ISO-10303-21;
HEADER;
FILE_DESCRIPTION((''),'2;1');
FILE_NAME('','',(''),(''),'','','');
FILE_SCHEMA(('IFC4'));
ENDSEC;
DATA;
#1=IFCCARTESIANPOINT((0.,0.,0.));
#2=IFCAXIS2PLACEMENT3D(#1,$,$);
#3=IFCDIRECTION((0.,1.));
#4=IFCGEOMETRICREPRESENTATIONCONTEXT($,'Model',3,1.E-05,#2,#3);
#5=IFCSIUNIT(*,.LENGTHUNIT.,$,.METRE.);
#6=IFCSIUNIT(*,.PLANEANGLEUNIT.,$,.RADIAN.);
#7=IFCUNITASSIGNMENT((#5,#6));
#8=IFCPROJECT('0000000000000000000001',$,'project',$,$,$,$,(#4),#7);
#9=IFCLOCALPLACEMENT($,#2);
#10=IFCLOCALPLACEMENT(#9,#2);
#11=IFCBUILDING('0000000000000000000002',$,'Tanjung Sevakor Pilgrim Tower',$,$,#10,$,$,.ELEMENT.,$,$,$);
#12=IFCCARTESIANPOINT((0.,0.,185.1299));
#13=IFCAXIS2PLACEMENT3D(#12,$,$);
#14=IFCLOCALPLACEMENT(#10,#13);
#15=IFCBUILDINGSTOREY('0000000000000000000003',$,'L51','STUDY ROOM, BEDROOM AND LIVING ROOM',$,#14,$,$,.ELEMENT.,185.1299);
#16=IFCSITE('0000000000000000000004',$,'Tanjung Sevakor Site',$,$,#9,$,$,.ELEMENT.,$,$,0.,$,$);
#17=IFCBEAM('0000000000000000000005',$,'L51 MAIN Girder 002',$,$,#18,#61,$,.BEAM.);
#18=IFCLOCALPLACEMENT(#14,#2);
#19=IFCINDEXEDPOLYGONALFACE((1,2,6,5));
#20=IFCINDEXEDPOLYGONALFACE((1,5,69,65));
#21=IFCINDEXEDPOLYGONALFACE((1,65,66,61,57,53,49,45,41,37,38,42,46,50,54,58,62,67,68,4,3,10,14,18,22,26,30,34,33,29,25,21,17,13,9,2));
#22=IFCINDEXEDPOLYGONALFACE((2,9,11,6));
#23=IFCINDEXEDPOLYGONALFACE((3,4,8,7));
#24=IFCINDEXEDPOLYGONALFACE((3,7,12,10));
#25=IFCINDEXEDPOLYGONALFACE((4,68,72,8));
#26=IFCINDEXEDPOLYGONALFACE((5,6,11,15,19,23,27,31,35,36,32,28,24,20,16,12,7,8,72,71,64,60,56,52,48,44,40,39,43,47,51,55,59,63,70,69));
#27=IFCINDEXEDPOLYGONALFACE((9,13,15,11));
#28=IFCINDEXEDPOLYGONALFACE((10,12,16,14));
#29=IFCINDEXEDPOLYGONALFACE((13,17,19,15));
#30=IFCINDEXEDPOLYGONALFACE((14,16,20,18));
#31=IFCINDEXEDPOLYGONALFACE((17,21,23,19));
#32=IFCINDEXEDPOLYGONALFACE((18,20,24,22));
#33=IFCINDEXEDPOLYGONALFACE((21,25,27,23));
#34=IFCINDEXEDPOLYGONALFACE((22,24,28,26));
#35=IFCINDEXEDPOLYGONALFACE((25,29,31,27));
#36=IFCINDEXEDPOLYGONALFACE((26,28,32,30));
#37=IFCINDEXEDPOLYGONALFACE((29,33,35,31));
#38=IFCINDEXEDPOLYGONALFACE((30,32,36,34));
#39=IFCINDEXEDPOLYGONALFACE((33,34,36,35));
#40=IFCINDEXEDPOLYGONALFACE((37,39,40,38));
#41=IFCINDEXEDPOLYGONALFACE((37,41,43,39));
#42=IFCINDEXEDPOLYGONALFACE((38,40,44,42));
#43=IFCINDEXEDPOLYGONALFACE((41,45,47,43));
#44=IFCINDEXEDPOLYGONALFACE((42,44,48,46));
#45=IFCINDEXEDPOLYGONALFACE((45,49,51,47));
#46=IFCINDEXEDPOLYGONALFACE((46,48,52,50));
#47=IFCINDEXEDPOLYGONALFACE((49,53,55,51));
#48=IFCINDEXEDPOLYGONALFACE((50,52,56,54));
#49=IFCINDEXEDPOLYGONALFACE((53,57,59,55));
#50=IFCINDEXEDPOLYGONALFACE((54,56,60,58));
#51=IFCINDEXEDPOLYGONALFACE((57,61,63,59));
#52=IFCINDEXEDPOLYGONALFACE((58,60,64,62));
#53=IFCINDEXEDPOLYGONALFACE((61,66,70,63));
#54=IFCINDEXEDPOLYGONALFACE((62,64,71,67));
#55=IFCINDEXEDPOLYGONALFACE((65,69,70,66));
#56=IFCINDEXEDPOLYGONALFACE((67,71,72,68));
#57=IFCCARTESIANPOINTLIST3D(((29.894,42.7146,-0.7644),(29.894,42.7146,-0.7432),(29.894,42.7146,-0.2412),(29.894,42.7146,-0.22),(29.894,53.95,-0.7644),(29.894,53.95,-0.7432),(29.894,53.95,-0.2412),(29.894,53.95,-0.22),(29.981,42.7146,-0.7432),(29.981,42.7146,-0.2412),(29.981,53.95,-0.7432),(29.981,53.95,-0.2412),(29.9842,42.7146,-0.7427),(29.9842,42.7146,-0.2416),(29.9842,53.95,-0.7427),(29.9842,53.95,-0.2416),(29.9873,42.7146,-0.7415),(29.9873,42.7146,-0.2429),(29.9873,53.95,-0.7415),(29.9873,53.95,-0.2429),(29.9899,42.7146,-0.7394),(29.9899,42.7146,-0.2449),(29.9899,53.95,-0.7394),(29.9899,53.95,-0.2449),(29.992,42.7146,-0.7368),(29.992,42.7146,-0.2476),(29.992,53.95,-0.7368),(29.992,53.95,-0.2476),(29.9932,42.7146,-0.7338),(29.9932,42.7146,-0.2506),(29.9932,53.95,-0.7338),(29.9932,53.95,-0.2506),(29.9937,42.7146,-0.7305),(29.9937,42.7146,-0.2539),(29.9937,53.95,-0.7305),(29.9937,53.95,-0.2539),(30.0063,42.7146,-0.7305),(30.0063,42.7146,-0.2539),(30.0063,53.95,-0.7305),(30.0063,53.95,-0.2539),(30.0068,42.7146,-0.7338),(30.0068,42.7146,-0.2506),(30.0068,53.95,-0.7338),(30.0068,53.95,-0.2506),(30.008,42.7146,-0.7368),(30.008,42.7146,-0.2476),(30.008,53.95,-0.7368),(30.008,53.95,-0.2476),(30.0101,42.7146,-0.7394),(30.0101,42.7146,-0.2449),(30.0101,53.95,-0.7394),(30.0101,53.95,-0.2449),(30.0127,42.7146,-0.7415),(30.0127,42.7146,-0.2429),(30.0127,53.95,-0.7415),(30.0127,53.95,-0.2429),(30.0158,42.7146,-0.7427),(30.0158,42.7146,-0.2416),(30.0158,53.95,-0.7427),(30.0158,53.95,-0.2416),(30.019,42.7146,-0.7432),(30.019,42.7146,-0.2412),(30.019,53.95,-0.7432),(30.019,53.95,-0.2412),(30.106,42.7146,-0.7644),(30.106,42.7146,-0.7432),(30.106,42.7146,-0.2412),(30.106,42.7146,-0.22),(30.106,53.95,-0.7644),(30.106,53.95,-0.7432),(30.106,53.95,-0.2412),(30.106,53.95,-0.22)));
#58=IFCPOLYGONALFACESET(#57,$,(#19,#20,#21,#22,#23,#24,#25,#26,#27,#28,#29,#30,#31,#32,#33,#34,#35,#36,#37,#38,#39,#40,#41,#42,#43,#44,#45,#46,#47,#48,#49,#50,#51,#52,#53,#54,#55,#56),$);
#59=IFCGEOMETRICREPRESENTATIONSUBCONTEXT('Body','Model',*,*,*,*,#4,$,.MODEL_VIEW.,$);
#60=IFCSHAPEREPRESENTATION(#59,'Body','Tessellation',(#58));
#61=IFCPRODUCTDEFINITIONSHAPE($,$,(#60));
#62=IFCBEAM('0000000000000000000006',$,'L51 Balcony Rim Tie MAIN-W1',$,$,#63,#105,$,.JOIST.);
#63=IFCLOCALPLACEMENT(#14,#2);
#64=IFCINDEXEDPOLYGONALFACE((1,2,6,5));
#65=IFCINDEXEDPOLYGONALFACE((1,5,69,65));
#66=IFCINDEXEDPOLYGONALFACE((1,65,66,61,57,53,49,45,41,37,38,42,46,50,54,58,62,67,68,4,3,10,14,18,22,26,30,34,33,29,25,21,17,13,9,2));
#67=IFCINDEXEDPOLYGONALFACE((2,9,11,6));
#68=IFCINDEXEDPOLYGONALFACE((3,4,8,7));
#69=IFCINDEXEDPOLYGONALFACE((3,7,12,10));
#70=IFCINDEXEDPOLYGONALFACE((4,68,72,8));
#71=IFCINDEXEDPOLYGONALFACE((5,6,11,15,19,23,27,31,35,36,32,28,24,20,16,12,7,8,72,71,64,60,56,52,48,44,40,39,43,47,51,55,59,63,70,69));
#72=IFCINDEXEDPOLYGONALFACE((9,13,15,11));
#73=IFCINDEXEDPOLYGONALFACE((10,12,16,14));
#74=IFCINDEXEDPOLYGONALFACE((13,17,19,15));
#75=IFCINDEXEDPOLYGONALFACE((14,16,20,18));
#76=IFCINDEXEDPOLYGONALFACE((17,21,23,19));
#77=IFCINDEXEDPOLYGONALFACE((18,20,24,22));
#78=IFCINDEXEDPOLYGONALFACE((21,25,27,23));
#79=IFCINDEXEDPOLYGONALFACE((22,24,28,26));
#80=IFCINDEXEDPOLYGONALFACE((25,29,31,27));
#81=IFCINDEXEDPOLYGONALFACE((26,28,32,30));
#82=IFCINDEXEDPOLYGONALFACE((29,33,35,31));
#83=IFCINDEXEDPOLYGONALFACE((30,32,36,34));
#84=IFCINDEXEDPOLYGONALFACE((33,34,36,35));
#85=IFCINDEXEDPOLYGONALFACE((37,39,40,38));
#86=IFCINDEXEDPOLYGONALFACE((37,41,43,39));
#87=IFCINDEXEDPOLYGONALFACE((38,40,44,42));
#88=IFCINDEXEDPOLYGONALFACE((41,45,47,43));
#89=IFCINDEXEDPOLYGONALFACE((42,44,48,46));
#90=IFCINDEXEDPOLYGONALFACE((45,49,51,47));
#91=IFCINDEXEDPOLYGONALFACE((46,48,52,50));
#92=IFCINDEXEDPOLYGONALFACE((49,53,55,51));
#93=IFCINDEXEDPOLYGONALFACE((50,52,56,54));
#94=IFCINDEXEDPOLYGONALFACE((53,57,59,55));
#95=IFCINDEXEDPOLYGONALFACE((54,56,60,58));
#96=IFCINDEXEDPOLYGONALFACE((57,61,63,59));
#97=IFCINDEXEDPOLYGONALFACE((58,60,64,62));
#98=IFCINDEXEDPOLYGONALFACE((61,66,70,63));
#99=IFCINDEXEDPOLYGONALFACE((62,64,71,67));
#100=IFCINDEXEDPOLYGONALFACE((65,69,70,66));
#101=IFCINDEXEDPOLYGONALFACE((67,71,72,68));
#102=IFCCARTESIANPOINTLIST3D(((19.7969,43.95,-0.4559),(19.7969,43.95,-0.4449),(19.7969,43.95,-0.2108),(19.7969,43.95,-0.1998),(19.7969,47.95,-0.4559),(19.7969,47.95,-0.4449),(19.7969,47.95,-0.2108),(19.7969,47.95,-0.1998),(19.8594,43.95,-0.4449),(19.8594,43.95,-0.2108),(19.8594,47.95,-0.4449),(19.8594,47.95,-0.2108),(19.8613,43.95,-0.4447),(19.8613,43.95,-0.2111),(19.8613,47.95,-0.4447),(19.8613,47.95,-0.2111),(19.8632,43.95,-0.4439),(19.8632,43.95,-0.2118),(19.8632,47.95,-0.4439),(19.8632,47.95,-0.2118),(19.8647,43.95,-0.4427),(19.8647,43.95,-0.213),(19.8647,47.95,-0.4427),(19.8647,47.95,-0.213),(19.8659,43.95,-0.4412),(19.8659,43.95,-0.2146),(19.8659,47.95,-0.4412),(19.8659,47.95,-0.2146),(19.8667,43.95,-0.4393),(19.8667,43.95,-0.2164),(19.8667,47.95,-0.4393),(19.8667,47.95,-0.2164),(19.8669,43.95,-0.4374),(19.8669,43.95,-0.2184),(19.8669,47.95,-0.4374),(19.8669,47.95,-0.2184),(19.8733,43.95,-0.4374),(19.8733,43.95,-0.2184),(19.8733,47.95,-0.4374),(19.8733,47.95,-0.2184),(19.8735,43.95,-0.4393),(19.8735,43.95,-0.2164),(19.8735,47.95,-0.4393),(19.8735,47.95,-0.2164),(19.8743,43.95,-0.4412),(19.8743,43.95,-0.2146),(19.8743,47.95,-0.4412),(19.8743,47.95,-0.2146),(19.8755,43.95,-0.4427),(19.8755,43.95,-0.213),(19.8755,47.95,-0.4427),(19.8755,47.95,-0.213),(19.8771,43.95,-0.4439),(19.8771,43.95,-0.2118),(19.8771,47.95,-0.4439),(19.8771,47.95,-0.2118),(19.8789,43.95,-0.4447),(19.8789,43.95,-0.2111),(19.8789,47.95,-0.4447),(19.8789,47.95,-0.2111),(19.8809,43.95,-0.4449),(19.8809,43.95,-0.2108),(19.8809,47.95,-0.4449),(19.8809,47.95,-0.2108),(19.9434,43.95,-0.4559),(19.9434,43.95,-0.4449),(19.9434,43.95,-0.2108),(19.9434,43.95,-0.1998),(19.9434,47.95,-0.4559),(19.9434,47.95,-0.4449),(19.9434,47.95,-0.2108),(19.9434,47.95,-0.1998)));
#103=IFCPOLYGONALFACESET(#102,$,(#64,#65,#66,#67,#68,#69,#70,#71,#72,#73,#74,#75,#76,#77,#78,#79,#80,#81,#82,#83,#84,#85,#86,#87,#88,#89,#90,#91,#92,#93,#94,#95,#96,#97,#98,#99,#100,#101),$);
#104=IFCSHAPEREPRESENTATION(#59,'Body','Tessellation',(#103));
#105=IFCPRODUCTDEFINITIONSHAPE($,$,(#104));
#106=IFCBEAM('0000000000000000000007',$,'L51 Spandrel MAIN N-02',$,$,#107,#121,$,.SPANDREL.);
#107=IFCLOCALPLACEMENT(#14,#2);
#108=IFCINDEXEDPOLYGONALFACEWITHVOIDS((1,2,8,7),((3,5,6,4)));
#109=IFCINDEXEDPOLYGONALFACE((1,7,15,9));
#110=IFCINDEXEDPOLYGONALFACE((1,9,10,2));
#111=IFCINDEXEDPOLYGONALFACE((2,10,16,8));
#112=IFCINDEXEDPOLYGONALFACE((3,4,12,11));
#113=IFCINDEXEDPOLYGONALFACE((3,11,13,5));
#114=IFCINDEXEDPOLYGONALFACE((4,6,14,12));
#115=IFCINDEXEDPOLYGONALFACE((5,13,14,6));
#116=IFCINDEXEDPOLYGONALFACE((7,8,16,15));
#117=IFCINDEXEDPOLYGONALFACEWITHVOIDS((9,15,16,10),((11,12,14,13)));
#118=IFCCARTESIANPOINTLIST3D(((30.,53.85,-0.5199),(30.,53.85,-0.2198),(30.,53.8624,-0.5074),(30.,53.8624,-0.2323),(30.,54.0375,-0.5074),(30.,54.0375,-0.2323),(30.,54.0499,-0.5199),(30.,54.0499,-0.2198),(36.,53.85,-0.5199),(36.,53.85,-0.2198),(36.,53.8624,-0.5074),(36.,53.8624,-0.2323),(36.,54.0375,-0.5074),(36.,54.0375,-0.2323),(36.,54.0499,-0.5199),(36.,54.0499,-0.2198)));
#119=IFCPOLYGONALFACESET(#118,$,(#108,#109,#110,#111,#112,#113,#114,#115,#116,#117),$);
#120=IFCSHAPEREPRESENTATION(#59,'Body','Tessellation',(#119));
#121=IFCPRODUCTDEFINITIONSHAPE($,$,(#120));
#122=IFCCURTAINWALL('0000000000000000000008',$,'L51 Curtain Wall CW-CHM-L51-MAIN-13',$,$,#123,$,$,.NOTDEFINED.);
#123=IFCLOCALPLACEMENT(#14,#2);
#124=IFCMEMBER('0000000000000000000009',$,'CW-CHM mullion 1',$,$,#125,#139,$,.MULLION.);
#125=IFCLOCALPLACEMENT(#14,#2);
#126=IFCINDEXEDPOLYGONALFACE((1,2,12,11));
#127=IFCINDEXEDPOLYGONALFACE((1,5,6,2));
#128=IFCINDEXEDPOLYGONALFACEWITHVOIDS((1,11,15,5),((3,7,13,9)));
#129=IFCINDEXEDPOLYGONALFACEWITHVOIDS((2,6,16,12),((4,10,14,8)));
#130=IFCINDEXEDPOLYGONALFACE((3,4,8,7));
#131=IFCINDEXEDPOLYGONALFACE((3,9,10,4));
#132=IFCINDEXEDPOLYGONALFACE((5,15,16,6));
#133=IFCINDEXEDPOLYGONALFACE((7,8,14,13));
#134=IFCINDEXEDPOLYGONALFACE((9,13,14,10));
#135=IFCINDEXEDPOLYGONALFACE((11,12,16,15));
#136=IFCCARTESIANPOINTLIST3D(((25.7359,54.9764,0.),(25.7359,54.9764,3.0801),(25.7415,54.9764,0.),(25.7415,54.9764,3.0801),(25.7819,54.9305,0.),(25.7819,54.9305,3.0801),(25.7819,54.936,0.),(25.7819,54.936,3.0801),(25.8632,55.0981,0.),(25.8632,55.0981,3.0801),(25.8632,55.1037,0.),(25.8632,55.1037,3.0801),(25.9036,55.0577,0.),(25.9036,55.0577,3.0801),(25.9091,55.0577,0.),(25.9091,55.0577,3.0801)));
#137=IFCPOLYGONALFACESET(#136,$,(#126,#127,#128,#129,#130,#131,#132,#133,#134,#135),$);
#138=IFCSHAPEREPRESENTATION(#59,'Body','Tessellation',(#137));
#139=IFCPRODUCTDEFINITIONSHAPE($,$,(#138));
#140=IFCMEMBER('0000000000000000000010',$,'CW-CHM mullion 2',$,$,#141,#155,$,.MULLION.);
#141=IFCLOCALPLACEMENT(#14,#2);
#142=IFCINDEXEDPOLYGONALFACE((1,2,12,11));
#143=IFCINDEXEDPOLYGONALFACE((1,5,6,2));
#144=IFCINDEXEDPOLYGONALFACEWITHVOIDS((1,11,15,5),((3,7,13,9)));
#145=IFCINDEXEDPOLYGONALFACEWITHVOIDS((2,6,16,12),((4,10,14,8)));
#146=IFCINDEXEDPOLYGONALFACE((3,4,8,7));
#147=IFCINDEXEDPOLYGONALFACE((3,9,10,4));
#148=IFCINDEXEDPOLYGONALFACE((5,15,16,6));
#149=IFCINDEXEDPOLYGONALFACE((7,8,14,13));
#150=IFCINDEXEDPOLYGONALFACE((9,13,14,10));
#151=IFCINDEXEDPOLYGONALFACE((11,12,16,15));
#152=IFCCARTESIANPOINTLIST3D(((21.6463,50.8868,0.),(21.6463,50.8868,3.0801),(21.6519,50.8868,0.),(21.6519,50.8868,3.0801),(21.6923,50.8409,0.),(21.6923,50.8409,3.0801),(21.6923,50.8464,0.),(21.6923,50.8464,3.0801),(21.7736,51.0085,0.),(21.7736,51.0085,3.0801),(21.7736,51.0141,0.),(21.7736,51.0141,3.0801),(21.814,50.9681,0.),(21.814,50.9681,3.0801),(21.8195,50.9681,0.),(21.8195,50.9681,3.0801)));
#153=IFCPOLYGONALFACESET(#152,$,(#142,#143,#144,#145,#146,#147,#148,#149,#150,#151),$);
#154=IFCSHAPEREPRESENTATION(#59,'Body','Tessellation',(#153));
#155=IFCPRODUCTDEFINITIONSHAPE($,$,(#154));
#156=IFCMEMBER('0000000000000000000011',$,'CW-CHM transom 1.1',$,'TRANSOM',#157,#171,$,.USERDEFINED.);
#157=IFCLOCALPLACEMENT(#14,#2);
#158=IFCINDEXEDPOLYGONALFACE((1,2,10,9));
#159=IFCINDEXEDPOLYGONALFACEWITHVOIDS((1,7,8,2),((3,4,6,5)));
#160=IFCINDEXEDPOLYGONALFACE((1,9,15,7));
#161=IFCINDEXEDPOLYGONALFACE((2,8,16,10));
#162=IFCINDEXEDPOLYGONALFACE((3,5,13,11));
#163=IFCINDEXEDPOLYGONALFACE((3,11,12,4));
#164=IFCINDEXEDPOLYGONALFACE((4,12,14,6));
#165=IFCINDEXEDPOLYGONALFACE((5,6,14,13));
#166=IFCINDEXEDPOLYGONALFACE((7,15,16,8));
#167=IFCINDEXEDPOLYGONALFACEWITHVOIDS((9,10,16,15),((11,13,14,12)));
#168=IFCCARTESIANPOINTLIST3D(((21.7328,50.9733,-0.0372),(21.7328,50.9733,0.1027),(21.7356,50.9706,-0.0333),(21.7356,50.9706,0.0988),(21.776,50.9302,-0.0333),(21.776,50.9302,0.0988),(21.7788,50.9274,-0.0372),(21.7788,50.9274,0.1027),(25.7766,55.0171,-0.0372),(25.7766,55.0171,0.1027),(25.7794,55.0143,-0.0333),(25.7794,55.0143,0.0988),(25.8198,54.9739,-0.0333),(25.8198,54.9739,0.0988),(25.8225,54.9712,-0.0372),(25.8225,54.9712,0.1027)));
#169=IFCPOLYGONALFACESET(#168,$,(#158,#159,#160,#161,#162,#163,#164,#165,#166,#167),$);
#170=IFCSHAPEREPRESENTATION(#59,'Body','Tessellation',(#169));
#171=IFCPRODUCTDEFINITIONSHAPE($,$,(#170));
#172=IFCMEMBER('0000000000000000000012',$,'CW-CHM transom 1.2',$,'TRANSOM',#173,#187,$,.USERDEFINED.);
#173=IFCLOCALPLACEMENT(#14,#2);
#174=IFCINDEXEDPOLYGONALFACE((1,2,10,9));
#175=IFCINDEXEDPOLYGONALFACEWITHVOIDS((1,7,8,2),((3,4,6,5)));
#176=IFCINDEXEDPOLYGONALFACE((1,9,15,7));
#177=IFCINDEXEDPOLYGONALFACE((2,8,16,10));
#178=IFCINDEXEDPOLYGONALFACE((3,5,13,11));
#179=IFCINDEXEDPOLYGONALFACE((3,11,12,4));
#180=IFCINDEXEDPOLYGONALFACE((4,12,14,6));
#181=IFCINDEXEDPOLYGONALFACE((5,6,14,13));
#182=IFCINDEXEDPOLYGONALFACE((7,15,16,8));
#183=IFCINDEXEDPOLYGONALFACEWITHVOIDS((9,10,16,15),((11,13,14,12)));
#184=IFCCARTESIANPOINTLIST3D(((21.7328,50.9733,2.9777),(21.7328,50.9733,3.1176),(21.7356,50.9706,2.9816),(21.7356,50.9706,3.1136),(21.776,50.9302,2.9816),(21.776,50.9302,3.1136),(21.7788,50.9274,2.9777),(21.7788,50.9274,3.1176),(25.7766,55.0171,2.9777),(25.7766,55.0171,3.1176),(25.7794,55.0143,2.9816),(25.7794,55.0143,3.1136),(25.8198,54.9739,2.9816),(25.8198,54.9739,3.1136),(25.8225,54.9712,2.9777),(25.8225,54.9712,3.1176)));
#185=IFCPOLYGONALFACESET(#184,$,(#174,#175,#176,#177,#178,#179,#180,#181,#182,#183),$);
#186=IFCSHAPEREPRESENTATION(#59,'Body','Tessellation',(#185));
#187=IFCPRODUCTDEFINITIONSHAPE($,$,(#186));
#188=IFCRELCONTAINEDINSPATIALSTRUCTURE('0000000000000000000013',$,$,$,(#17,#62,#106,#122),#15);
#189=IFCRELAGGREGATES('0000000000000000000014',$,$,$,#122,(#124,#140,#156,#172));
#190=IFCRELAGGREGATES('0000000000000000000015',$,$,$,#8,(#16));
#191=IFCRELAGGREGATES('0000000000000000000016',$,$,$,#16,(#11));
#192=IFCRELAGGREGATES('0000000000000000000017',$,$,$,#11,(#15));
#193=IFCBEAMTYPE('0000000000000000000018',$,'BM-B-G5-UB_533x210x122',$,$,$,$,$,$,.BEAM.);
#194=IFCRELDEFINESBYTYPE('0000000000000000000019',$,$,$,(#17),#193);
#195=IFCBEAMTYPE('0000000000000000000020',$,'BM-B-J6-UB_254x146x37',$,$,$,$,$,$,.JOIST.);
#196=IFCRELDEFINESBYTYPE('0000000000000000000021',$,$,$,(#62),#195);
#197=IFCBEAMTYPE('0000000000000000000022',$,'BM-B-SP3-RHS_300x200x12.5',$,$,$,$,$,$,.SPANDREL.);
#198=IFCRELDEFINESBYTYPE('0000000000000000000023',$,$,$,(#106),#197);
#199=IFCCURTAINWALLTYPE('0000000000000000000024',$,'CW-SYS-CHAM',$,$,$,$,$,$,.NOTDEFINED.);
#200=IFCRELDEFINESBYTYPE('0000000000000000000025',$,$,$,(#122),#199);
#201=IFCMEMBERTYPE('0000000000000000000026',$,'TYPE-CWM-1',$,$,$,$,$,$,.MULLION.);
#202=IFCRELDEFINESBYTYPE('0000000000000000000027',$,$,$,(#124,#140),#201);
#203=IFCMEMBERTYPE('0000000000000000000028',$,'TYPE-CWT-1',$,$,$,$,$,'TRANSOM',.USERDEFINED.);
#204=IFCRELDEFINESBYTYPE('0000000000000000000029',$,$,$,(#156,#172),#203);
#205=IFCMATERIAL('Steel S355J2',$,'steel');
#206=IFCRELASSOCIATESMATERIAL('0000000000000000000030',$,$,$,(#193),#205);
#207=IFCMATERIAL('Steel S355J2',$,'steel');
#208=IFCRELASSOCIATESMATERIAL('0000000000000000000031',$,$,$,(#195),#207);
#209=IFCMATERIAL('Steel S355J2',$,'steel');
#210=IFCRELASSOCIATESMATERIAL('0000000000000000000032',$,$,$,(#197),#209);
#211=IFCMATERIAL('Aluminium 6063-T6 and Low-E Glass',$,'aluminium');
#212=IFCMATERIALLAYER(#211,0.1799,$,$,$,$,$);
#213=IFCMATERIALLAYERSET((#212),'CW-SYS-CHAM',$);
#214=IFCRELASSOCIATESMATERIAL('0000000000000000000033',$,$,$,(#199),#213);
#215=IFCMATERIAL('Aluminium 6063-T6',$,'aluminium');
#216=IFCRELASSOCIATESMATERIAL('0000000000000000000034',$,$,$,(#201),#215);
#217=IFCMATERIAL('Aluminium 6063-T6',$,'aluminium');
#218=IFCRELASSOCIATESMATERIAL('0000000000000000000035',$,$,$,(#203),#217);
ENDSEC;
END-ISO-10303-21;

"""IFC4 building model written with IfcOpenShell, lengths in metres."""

from ifc_helpers import new_model, si_unit, direction, frame, origin, origin_2d, place, context, subcontext, project, spatial, hollow_rectangle, i_section, extrude, material, layer, layer_set, material_profile, profile_set, type_object, element, aggregate, save


model = new_model("IFC4")

# Units and contexts
model_context = context("Model", 3, precision=1e-05, world=origin(), true_north=direction((0.0, 1.0)))
body_context = subcontext(model_context, "Body", "Model", "MODEL_VIEW")
ifc_project = project(units=[si_unit("LENGTHUNIT", "METRE"), si_unit("PLANEANGLEUNIT", "RADIAN")], contexts=[model_context])

# Site, building, storey
site_placement = place(None, origin())
site = spatial("IfcSite", under=ifc_project, at=site_placement, Name="Tanjung Sevakor Site", CompositionType="ELEMENT", RefElevation=0.0)
building_placement = place(site_placement, origin())
building = spatial("IfcBuilding", under=site, at=building_placement, Name="Tanjung Sevakor Pilgrim Tower", CompositionType="ELEMENT")
storey_placement = place(building_placement, frame((0.0, 0.0, 185.1299)))
storey = spatial("IfcBuildingStorey", under=building, at=storey_placement, Name="L51", Description="STUDY ROOM, BEDROOM AND LIVING ROOM", CompositionType="ELEMENT", Elevation=185.1299)

# Beams
ifc_material_1 = material(Name="Steel S355J2", Category="steel")
ifc_material_profile_1 = material_profile(ifc_material_1, i_section(OverallWidth=0.2119, OverallDepth=0.5444, WebThickness=0.0127, FlangeThickness=0.0212, FilletRadius=0.0127, at=origin_2d()))
ifc_profile_set_1 = profile_set([ifc_material_profile_1], Name="Steel S355J2")
beam_type_1 = type_object("IfcBeamType", Name="BM-B-G5-UB_533x210x122", PredefinedType="BEAM", material=ifc_profile_set_1)
beam_1_placement = place(storey_placement, frame((30.0, 42.7146, -0.4922), z_axis=(0.0, 1.0, 0.0), x_axis=(-1.0, 0.0, 0.0)))
element("IfcBeam", 1, at=beam_1_placement, inside=storey, type_object=beam_type_1, Name="L51 MAIN Girder 002", PredefinedType="BEAM", context=body_context, shape_type="SweptSolid", body=[
    extrude(i_section(OverallWidth=0.2119, OverallDepth=0.5444, WebThickness=0.0127, FlangeThickness=0.0212, FilletRadius=0.0127, at=origin_2d()), origin(), (0.0, 0.0, 1.0), 11.2354),
])
ifc_material_2 = material(Name="Steel S355J2", Category="steel")
ifc_material_profile_2 = material_profile(ifc_material_2, i_section(OverallWidth=0.1465, OverallDepth=0.2561, WebThickness=0.0063, FlangeThickness=0.011, FilletRadius=0.0076, at=origin_2d()))
ifc_profile_set_2 = profile_set([ifc_material_profile_2], Name="Steel S355J2")
beam_type_2 = type_object("IfcBeamType", Name="BM-B-J6-UB_254x146x37", PredefinedType="JOIST", material=ifc_profile_set_2)
beam_2_placement = place(storey_placement, frame((19.8701, 43.95, -0.3279), z_axis=(0.0, 1.0, 0.0), x_axis=(-1.0, 0.0, 0.0)))
element("IfcBeam", 2, at=beam_2_placement, inside=storey, type_object=beam_type_2, Name="L51 Balcony Rim Tie MAIN-W1", PredefinedType="JOIST", context=body_context, shape_type="SweptSolid", body=[
    extrude(i_section(OverallWidth=0.1465, OverallDepth=0.2561, WebThickness=0.0063, FlangeThickness=0.011, FilletRadius=0.0076, at=origin_2d()), origin(), (0.0, 0.0, 1.0), 4.0),
])
ifc_material_3 = material(Name="Steel S355J2", Category="steel")
ifc_material_profile_3 = material_profile(ifc_material_3, hollow_rectangle(XDim=0.2, YDim=0.3, WallThickness=0.0125, at=origin_2d()))
ifc_profile_set_3 = profile_set([ifc_material_profile_3], Name="Steel S355J2")
beam_type_3 = type_object("IfcBeamType", Name="BM-B-SP3-RHS_300x200x12.5", PredefinedType="SPANDREL", material=ifc_profile_set_3)
beam_3_placement = place(storey_placement, frame((30.0, 53.95, -0.3699), z_axis=(1.0, 0.0, 0.0), x_axis=(0.0, 1.0, 0.0)))
element("IfcBeam", 3, at=beam_3_placement, inside=storey, type_object=beam_type_3, Name="L51 Spandrel MAIN N-02", PredefinedType="SPANDREL", context=body_context, shape_type="SweptSolid", body=[
    extrude(hollow_rectangle(XDim=0.2, YDim=0.3, WallThickness=0.0125, at=origin_2d()), origin(), (0.0, 0.0, 1.0), 6.0),
])

# Curtain wall, members
ifc_material_4 = material(Name="Aluminium 6063-T6 and Low-E Glass", Category="aluminium")
ifc_layer_1 = layer(ifc_material_4, 0.1799)
ifc_layer_set_1 = layer_set([ifc_layer_1], Name="CW-SYS-CHAM")
curtain_wall_type = type_object("IfcCurtainWallType", Name="CW-SYS-CHAM", PredefinedType="NOTDEFINED", material=ifc_layer_set_1)
curtain_wall_placement = place(storey_placement, origin())
curtain_wall = element("IfcCurtainWall", 4, at=curtain_wall_placement, inside=storey, type_object=curtain_wall_type, Name="L51 Curtain Wall CW-CHM-L51-MAIN-13", PredefinedType="NOTDEFINED")
ifc_material_5 = material(Name="Aluminium 6063-T6", Category="aluminium")
ifc_material_profile_4 = material_profile(ifc_material_5, hollow_rectangle(XDim=0.0649, YDim=0.1799, WallThickness=0.0039, at=origin_2d()))
ifc_profile_set_4 = profile_set([ifc_material_profile_4], Name="Aluminium 6063-T6")
member_type_1 = type_object("IfcMemberType", Name="TYPE-CWM-1", PredefinedType="MULLION", material=ifc_profile_set_4)
member_1_placement = place(storey_placement, frame((25.8225, 55.0171, 0.0), z_axis=(0.0, 0.0, 1.0), x_axis=(0.707107, -0.707107, 0.0)))
member_1 = element("IfcMember", 5, at=member_1_placement, type_object=member_type_1, Name="CW-CHM mullion 1", PredefinedType="MULLION", context=body_context, shape_type="SweptSolid", body=[
    extrude(hollow_rectangle(XDim=0.0649, YDim=0.1799, WallThickness=0.0039, at=origin_2d()), origin(), (0.0, 0.0, 1.0), 3.0801),
])
member_2_placement = place(storey_placement, frame((21.7329, 50.9275, 0.0), z_axis=(0.0, 0.0, 1.0), x_axis=(0.707107, -0.707107, 0.0)))
member_2 = element("IfcMember", 6, at=member_2_placement, type_object=member_type_1, Name="CW-CHM mullion 2", PredefinedType="MULLION", context=body_context, shape_type="SweptSolid", body=[
    extrude(hollow_rectangle(XDim=0.0649, YDim=0.1799, WallThickness=0.0039, at=origin_2d()), origin(), (0.0, 0.0, 1.0), 3.0801),
])
ifc_material_6 = material(Name="Aluminium 6063-T6", Category="aluminium")
ifc_material_profile_5 = material_profile(ifc_material_6, hollow_rectangle(XDim=0.0649, YDim=0.1399, WallThickness=0.0039, at=origin_2d()))
ifc_profile_set_5 = profile_set([ifc_material_profile_5], Name="Aluminium 6063-T6")
member_type_2 = type_object("IfcMemberType", Name="TYPE-CWT-1", ElementType="TRANSOM", PredefinedType="USERDEFINED", material=ifc_profile_set_5)
member_3_placement = place(storey_placement, frame((25.7996, 54.9941, 0.0327), z_axis=(-0.707107, -0.707107, 0.0), x_axis=(0.707107, -0.707107, 0.0)))
member_3 = element("IfcMember", 7, at=member_3_placement, type_object=member_type_2, Name="CW-CHM transom 1.1", ObjectType="TRANSOM", PredefinedType="USERDEFINED", context=body_context, shape_type="SweptSolid", body=[
    extrude(hollow_rectangle(XDim=0.0649, YDim=0.1399, WallThickness=0.0039, at=origin_2d()), origin(), (0.0, 0.0, 1.0), 5.7188),
])
member_4_placement = place(storey_placement, frame((25.7996, 54.9941, 3.0476), z_axis=(-0.707107, -0.707107, 0.0), x_axis=(0.707107, -0.707107, 0.0)))
member_4 = element("IfcMember", 8, at=member_4_placement, type_object=member_type_2, Name="CW-CHM transom 1.2", ObjectType="TRANSOM", PredefinedType="USERDEFINED", context=body_context, shape_type="SweptSolid", body=[
    extrude(hollow_rectangle(XDim=0.0649, YDim=0.1399, WallThickness=0.0039, at=origin_2d()), origin(), (0.0, 0.0, 1.0), 5.7188),
])
aggregate(curtain_wall, [member_1, member_2, member_3, member_4])

save(model, "model.ifc")
